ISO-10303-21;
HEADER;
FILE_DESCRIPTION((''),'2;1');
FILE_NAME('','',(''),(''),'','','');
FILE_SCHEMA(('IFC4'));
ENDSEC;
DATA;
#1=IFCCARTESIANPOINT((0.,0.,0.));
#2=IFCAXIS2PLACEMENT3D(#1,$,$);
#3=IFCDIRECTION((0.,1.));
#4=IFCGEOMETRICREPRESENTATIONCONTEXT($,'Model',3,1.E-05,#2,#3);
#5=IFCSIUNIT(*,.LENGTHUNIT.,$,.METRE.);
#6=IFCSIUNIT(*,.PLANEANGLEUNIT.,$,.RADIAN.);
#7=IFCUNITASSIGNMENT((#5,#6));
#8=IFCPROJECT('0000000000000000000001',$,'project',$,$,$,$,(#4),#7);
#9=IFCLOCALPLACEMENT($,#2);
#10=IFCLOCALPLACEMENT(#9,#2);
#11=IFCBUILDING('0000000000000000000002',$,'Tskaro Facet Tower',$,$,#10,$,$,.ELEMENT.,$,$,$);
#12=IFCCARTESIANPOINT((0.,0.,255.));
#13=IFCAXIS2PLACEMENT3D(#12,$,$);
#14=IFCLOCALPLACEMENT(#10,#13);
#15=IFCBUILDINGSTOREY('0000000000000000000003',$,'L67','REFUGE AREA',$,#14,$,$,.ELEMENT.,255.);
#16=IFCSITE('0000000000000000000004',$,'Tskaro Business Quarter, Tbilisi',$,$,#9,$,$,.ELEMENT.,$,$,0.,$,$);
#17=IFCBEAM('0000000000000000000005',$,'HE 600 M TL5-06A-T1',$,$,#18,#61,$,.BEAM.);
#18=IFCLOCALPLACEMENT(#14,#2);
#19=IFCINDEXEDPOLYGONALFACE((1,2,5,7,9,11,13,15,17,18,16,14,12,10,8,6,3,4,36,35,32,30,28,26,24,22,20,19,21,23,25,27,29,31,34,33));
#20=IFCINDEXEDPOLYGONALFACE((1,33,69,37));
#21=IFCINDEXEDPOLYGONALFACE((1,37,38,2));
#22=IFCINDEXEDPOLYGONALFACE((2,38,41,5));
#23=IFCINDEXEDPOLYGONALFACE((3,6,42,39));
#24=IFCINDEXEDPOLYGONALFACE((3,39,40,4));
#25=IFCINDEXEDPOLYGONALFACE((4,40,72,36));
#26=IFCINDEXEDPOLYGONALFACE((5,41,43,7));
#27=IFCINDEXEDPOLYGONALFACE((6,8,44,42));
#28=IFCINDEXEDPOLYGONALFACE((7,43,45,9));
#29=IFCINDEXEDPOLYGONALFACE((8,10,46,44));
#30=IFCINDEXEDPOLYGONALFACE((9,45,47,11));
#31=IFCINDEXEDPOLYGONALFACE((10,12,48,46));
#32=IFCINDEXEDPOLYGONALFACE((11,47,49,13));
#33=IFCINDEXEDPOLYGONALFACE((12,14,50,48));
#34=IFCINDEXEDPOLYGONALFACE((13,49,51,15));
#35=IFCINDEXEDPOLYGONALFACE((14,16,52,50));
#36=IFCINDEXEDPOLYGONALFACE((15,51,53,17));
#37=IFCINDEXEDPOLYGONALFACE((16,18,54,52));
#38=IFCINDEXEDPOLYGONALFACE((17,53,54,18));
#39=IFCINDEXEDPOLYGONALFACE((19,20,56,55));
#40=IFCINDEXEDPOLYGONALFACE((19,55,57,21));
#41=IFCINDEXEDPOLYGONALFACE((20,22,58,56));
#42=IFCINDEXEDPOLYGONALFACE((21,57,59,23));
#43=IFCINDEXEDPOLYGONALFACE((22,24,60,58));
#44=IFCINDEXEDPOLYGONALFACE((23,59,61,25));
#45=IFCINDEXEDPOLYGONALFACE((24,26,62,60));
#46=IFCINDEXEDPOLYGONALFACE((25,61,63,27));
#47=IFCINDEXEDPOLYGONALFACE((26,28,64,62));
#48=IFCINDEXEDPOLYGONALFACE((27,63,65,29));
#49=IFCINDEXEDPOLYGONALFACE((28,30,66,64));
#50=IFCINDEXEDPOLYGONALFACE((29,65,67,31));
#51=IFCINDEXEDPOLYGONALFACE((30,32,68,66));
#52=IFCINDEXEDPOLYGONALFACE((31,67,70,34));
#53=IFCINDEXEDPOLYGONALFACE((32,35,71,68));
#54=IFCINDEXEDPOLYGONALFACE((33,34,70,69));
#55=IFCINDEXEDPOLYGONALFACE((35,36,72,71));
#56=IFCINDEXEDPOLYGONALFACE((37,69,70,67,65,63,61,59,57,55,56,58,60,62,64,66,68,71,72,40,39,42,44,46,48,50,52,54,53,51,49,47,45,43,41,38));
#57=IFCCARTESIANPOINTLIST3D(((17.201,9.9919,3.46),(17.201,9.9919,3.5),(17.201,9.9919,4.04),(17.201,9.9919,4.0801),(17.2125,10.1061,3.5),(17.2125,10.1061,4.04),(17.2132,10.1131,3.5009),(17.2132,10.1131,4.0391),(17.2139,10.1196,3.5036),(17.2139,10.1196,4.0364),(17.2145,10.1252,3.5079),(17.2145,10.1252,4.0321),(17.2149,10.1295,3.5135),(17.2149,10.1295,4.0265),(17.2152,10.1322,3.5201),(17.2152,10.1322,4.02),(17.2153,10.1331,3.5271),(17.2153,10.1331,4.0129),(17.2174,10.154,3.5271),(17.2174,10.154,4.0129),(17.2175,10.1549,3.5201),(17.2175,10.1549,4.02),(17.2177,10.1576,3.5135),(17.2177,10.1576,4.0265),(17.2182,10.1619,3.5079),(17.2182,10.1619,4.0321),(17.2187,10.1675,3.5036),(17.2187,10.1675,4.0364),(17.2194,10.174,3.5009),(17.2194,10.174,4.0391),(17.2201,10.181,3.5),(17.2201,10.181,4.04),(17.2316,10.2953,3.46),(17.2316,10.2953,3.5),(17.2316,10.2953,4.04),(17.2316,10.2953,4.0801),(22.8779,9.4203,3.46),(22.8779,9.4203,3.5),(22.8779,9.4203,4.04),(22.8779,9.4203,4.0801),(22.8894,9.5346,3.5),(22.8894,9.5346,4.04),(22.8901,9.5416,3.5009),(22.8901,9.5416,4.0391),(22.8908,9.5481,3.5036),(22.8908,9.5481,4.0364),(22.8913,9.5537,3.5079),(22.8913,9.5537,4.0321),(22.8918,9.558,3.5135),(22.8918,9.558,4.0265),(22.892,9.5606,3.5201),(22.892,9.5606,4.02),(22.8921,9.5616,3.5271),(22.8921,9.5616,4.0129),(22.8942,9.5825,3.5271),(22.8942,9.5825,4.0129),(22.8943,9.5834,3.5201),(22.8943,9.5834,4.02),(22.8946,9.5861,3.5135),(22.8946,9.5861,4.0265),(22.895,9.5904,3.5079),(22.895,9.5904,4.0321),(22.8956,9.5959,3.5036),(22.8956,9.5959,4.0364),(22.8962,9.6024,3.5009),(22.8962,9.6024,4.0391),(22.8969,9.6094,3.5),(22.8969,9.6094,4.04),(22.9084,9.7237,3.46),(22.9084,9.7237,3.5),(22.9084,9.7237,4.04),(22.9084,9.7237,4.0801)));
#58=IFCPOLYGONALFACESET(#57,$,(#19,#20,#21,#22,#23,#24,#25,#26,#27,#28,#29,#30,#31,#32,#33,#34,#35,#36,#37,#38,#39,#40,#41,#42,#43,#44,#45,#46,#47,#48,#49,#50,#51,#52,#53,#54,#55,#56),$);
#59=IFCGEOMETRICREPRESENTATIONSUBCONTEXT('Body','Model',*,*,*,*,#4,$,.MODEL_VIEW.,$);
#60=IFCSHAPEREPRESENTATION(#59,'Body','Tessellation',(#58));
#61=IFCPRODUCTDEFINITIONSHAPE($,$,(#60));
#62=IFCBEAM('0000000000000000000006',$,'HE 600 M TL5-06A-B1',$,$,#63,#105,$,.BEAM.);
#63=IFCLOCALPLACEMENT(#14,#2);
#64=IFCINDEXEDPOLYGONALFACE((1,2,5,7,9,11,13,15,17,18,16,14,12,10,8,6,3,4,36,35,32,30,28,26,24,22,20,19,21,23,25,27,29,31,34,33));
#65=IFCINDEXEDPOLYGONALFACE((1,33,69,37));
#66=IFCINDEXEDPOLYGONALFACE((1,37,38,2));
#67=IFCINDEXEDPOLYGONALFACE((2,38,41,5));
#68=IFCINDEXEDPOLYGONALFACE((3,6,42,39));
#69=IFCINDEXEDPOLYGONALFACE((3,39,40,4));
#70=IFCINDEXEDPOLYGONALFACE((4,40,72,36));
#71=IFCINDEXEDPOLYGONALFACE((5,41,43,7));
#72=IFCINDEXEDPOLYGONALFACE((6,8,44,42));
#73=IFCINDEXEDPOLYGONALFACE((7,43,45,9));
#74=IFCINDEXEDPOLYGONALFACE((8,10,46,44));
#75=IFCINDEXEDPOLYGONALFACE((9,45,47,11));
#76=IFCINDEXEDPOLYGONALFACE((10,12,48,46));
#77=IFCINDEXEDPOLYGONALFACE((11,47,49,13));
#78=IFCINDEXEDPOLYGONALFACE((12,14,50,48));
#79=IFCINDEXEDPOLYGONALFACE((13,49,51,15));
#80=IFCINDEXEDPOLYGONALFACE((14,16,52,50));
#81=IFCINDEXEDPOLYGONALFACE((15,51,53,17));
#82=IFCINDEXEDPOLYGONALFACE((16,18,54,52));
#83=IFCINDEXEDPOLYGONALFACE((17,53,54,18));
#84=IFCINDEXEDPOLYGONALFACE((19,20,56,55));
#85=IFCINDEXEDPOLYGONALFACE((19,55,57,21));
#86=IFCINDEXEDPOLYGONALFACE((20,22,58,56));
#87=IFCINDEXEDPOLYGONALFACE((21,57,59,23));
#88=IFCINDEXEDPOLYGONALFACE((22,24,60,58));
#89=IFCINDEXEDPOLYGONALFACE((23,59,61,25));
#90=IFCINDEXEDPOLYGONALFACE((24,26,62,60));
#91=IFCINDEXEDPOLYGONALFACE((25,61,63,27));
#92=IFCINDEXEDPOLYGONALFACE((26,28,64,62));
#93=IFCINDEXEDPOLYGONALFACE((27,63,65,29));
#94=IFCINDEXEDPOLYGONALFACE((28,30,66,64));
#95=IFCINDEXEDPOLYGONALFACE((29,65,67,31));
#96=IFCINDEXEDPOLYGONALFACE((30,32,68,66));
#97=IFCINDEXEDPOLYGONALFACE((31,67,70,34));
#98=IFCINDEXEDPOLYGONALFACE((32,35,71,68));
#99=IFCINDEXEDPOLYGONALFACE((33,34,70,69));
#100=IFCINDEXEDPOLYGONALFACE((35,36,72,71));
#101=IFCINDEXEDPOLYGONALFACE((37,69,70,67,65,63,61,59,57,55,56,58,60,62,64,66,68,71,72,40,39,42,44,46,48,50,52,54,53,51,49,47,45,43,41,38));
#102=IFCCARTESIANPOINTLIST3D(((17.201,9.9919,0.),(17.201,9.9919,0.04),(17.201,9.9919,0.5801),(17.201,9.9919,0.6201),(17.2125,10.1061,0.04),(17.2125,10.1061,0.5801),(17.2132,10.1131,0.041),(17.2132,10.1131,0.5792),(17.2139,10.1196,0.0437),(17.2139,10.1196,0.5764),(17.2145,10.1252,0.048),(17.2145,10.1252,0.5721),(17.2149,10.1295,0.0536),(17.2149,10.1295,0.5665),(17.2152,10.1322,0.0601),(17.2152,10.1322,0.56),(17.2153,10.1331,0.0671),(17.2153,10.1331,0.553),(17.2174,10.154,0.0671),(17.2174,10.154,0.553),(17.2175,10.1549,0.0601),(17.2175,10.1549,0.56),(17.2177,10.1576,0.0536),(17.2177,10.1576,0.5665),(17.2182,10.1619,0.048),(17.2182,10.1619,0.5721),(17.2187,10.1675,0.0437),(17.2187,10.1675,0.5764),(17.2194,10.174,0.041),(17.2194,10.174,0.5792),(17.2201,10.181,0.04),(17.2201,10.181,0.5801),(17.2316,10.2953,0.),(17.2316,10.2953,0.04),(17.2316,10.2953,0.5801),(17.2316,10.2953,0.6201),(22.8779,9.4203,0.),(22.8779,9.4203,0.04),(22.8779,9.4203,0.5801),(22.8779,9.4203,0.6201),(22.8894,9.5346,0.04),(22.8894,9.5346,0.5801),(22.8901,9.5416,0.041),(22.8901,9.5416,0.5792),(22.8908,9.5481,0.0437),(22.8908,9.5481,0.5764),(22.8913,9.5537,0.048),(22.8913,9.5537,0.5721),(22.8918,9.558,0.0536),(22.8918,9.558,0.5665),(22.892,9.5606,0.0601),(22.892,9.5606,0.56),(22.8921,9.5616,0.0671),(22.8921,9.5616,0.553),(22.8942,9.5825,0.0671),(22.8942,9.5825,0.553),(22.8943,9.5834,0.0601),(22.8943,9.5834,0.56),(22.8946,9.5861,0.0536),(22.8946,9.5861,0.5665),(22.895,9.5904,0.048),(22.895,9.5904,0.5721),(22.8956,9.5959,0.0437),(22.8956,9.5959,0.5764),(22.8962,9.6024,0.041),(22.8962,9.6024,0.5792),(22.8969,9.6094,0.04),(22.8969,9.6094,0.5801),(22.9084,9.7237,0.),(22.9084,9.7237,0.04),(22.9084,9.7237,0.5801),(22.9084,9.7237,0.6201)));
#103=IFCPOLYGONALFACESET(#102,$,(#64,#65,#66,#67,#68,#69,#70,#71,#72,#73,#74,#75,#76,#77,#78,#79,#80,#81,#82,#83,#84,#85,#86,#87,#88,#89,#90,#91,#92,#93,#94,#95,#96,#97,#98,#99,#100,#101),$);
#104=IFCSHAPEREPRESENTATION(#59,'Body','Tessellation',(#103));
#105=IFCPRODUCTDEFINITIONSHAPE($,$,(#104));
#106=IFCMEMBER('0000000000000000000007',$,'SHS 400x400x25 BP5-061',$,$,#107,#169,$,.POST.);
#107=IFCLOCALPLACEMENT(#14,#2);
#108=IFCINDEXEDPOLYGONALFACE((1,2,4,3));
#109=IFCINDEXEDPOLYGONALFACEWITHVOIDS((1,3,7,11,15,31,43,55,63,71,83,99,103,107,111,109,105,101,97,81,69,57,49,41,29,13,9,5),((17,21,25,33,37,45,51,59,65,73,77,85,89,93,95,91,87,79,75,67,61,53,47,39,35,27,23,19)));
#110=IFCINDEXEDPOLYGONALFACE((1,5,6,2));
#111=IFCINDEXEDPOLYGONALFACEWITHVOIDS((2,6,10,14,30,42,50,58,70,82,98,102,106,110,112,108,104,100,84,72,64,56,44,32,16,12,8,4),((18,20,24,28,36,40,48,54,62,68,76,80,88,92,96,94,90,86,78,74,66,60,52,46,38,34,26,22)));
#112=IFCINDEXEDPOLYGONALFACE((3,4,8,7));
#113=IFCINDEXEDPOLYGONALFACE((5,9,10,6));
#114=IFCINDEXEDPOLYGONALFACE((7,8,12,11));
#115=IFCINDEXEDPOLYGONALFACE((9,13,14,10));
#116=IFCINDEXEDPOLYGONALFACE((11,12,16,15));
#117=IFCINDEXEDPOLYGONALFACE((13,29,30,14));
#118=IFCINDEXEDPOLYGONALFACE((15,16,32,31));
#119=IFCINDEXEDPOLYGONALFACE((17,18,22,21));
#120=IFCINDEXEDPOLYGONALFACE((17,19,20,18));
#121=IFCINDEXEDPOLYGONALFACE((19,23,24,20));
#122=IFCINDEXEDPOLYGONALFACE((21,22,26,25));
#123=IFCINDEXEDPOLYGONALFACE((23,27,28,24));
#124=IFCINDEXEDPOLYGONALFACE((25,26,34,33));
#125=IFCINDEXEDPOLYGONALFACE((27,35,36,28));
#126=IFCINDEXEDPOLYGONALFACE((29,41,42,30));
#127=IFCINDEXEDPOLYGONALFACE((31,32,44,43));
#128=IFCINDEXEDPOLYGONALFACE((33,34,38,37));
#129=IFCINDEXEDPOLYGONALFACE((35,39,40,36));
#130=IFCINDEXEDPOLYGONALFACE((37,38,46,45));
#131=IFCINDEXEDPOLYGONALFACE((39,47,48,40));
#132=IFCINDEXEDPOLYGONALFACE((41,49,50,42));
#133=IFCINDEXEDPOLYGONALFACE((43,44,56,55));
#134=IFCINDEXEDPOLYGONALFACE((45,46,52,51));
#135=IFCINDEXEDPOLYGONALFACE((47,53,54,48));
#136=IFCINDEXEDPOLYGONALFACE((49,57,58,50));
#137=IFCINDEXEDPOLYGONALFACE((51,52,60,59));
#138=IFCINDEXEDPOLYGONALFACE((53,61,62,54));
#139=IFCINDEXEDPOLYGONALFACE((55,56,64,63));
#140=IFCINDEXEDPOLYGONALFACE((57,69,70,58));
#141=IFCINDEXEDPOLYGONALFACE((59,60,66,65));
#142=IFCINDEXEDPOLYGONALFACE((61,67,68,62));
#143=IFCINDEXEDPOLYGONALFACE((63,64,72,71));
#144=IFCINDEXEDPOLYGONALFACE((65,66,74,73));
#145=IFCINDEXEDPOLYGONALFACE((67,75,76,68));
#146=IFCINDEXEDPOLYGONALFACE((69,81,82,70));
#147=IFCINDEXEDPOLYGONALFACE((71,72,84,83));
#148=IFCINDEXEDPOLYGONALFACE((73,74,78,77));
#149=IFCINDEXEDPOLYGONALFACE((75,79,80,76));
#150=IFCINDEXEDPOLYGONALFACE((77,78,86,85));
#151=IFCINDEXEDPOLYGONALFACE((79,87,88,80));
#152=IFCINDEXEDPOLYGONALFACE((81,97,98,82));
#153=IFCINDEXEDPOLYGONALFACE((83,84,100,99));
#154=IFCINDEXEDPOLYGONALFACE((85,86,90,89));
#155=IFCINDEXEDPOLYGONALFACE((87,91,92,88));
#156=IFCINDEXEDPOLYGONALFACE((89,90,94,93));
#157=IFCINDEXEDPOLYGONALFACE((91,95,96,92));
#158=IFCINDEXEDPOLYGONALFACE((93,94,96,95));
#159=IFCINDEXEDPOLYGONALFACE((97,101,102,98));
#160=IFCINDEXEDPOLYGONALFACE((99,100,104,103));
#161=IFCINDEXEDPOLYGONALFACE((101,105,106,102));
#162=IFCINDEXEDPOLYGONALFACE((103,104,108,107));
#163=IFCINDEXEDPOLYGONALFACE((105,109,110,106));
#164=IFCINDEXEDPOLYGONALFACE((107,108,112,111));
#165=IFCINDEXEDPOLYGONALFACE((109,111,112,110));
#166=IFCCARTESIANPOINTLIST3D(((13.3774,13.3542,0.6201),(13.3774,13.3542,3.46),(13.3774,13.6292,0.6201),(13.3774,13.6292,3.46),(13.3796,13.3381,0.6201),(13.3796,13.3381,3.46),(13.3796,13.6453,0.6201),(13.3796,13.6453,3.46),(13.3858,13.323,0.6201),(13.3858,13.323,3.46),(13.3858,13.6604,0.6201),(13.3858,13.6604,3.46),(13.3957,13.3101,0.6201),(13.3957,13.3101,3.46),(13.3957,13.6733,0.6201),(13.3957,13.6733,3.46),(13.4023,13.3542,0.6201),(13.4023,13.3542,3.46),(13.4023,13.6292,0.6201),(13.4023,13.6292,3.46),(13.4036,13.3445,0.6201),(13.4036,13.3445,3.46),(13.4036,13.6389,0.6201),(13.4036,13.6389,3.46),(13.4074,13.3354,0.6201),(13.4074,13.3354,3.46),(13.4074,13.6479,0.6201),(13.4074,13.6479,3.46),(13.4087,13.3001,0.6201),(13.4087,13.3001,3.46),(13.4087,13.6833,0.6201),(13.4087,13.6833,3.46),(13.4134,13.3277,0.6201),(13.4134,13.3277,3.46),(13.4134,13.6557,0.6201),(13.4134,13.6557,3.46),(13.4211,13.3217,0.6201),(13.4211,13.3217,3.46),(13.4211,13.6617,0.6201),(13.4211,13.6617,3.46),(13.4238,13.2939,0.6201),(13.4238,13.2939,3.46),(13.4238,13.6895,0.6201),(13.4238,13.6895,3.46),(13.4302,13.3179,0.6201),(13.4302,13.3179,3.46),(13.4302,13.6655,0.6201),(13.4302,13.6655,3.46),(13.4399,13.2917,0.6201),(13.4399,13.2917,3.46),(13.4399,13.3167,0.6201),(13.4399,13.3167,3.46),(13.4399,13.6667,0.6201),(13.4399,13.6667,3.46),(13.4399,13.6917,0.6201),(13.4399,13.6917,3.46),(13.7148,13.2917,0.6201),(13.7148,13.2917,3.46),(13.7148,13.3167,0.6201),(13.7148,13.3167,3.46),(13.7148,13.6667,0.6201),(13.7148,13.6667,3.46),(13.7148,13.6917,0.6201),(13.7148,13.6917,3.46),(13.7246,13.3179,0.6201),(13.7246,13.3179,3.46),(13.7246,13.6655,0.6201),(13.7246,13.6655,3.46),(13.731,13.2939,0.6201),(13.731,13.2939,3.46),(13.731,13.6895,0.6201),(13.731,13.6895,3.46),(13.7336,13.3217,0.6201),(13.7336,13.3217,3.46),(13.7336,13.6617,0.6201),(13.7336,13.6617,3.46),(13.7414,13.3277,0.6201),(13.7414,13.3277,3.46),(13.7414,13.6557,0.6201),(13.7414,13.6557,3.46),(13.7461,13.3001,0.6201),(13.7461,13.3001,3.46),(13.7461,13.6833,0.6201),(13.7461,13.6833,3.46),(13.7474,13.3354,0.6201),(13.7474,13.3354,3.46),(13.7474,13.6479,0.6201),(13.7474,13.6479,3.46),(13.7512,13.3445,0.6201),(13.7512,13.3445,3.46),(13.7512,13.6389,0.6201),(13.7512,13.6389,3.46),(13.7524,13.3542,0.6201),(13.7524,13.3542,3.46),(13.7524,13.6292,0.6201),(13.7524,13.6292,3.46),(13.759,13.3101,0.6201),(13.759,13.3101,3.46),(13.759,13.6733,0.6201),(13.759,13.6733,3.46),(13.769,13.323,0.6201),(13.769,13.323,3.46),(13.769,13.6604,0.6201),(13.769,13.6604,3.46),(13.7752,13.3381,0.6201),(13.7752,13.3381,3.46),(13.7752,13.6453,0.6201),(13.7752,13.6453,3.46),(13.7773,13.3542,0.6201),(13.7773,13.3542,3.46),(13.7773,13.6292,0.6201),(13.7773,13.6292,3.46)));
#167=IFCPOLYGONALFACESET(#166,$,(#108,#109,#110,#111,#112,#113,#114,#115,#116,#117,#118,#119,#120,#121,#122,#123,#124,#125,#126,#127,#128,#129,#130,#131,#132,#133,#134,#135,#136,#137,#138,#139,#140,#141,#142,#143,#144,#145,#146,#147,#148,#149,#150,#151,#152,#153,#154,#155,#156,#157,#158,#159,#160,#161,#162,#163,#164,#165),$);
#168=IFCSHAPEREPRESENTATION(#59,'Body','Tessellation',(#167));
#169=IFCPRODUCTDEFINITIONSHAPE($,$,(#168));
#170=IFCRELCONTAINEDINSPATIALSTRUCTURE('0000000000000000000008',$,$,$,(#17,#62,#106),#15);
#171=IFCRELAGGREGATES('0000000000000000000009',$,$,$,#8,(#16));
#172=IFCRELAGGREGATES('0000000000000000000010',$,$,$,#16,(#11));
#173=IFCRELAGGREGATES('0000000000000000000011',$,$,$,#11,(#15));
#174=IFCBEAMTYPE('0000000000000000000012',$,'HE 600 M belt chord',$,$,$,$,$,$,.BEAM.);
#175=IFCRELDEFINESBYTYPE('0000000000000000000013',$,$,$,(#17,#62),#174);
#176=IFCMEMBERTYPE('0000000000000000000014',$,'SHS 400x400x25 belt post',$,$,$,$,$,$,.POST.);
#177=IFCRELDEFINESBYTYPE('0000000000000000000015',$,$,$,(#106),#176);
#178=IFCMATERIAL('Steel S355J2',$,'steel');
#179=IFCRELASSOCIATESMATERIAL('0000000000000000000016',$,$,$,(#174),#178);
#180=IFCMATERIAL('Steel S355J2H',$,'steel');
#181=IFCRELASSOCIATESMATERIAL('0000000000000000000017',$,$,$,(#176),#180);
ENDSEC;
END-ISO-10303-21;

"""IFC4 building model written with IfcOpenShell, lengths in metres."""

from ifc_helpers import new_model, si_unit, direction, frame, origin, origin_2d, place, context, subcontext, project, spatial, hollow_rectangle, i_section, extrude, material, material_profile, profile_set, type_object, element, save


model = new_model("IFC4")

# Units and contexts
model_context = context("Model", 3, precision=1e-05, world=origin(), true_north=direction((0.0, 1.0)))
body_context = subcontext(model_context, "Body", "Model", "MODEL_VIEW")
ifc_project = project(units=[si_unit("LENGTHUNIT", "METRE"), si_unit("PLANEANGLEUNIT", "RADIAN")], contexts=[model_context])

# Site, building, storey
site_placement = place(None, origin())
site = spatial("IfcSite", under=ifc_project, at=site_placement, Name="Tskaro Business Quarter, Tbilisi", CompositionType="ELEMENT", RefElevation=0.0)
building_placement = place(site_placement, origin())
building = spatial("IfcBuilding", under=site, at=building_placement, Name="Tskaro Facet Tower", CompositionType="ELEMENT")
storey_placement = place(building_placement, frame((0.0, 0.0, 255.0)))
storey = spatial("IfcBuildingStorey", under=building, at=storey_placement, Name="L67", Description="REFUGE AREA", CompositionType="ELEMENT", Elevation=255.0)

# Shared definitions
ifc_material_1 = material(Name="Steel S355J2", Category="steel")

# Shared definitions
ifc_material_2 = material(Name="Steel S355J2H", Category="steel")

# Beams
ifc_material_profile_1 = material_profile(ifc_material_1, i_section(OverallWidth=0.3049, OverallDepth=0.6201, WebThickness=0.021, FlangeThickness=0.04, FilletRadius=0.0271, at=origin_2d()), Name="HE 600 M")
ifc_profile_set_1 = profile_set([ifc_material_profile_1], Name="Steel S355J2")
beam_type_1 = type_object("IfcBeamType", Name="HE 600 M belt chord", PredefinedType="BEAM", material=ifc_profile_set_1)
for number, where, z_axis, x_axis, name in (
    (1, (17.2163, 10.1436, 3.77), (0.99497, -0.100173, 0.0), (0.100173, 0.99497, 0.0), "HE 600 M TL5-06A-T1"),
    (2, (17.2163, 10.1436, 0.3101), (0.99497, -0.100173, 0.0), (0.100173, 0.99497, 0.0), "HE 600 M TL5-06A-B1"),
):
    element("IfcBeam", number, at=place(storey_placement, frame(where, z_axis=z_axis, x_axis=x_axis)), inside=storey, type_object=beam_type_1, Name=name, PredefinedType="BEAM", context=body_context, shape_type="SweptSolid", body=[
        extrude(i_section(OverallWidth=0.3049, OverallDepth=0.6201, WebThickness=0.021, FlangeThickness=0.04, FilletRadius=0.0271, at=origin_2d()), origin(), (0.0, 0.0, 1.0), 5.7056),
    ])

# Member
ifc_material_profile_2 = material_profile(ifc_material_2, hollow_rectangle(XDim=0.3999, YDim=0.3999, WallThickness=0.0249, InnerFilletRadius=0.0376, OuterFilletRadius=0.0625, at=origin_2d()), Name="SHS 400x400x25")
ifc_profile_set_2 = profile_set([ifc_material_profile_2], Name="Steel S355J2H")
member_type_1 = type_object("IfcMemberType", Name="SHS 400x400x25 belt post", PredefinedType="POST", material=ifc_profile_set_2)
for number, where, z_axis, x_axis, name in (
    (3, (13.5774, 13.4917, 0.6201), (0.0, 0.0, 1.0), (1.0, 0.0, 0.0), "SHS 400x400x25 BP5-061"),
):
    element("IfcMember", number, at=place(storey_placement, frame(where, z_axis=z_axis, x_axis=x_axis)), inside=storey, type_object=member_type_1, Name=name, PredefinedType="POST", context=body_context, shape_type="SweptSolid", body=[
        extrude(hollow_rectangle(XDim=0.3999, YDim=0.3999, WallThickness=0.0249, InnerFilletRadius=0.0376, OuterFilletRadius=0.0625, at=origin_2d()), origin(), (0.0, 0.0, 1.0), 2.8398),
    ])

save(model, "model.ifc")
